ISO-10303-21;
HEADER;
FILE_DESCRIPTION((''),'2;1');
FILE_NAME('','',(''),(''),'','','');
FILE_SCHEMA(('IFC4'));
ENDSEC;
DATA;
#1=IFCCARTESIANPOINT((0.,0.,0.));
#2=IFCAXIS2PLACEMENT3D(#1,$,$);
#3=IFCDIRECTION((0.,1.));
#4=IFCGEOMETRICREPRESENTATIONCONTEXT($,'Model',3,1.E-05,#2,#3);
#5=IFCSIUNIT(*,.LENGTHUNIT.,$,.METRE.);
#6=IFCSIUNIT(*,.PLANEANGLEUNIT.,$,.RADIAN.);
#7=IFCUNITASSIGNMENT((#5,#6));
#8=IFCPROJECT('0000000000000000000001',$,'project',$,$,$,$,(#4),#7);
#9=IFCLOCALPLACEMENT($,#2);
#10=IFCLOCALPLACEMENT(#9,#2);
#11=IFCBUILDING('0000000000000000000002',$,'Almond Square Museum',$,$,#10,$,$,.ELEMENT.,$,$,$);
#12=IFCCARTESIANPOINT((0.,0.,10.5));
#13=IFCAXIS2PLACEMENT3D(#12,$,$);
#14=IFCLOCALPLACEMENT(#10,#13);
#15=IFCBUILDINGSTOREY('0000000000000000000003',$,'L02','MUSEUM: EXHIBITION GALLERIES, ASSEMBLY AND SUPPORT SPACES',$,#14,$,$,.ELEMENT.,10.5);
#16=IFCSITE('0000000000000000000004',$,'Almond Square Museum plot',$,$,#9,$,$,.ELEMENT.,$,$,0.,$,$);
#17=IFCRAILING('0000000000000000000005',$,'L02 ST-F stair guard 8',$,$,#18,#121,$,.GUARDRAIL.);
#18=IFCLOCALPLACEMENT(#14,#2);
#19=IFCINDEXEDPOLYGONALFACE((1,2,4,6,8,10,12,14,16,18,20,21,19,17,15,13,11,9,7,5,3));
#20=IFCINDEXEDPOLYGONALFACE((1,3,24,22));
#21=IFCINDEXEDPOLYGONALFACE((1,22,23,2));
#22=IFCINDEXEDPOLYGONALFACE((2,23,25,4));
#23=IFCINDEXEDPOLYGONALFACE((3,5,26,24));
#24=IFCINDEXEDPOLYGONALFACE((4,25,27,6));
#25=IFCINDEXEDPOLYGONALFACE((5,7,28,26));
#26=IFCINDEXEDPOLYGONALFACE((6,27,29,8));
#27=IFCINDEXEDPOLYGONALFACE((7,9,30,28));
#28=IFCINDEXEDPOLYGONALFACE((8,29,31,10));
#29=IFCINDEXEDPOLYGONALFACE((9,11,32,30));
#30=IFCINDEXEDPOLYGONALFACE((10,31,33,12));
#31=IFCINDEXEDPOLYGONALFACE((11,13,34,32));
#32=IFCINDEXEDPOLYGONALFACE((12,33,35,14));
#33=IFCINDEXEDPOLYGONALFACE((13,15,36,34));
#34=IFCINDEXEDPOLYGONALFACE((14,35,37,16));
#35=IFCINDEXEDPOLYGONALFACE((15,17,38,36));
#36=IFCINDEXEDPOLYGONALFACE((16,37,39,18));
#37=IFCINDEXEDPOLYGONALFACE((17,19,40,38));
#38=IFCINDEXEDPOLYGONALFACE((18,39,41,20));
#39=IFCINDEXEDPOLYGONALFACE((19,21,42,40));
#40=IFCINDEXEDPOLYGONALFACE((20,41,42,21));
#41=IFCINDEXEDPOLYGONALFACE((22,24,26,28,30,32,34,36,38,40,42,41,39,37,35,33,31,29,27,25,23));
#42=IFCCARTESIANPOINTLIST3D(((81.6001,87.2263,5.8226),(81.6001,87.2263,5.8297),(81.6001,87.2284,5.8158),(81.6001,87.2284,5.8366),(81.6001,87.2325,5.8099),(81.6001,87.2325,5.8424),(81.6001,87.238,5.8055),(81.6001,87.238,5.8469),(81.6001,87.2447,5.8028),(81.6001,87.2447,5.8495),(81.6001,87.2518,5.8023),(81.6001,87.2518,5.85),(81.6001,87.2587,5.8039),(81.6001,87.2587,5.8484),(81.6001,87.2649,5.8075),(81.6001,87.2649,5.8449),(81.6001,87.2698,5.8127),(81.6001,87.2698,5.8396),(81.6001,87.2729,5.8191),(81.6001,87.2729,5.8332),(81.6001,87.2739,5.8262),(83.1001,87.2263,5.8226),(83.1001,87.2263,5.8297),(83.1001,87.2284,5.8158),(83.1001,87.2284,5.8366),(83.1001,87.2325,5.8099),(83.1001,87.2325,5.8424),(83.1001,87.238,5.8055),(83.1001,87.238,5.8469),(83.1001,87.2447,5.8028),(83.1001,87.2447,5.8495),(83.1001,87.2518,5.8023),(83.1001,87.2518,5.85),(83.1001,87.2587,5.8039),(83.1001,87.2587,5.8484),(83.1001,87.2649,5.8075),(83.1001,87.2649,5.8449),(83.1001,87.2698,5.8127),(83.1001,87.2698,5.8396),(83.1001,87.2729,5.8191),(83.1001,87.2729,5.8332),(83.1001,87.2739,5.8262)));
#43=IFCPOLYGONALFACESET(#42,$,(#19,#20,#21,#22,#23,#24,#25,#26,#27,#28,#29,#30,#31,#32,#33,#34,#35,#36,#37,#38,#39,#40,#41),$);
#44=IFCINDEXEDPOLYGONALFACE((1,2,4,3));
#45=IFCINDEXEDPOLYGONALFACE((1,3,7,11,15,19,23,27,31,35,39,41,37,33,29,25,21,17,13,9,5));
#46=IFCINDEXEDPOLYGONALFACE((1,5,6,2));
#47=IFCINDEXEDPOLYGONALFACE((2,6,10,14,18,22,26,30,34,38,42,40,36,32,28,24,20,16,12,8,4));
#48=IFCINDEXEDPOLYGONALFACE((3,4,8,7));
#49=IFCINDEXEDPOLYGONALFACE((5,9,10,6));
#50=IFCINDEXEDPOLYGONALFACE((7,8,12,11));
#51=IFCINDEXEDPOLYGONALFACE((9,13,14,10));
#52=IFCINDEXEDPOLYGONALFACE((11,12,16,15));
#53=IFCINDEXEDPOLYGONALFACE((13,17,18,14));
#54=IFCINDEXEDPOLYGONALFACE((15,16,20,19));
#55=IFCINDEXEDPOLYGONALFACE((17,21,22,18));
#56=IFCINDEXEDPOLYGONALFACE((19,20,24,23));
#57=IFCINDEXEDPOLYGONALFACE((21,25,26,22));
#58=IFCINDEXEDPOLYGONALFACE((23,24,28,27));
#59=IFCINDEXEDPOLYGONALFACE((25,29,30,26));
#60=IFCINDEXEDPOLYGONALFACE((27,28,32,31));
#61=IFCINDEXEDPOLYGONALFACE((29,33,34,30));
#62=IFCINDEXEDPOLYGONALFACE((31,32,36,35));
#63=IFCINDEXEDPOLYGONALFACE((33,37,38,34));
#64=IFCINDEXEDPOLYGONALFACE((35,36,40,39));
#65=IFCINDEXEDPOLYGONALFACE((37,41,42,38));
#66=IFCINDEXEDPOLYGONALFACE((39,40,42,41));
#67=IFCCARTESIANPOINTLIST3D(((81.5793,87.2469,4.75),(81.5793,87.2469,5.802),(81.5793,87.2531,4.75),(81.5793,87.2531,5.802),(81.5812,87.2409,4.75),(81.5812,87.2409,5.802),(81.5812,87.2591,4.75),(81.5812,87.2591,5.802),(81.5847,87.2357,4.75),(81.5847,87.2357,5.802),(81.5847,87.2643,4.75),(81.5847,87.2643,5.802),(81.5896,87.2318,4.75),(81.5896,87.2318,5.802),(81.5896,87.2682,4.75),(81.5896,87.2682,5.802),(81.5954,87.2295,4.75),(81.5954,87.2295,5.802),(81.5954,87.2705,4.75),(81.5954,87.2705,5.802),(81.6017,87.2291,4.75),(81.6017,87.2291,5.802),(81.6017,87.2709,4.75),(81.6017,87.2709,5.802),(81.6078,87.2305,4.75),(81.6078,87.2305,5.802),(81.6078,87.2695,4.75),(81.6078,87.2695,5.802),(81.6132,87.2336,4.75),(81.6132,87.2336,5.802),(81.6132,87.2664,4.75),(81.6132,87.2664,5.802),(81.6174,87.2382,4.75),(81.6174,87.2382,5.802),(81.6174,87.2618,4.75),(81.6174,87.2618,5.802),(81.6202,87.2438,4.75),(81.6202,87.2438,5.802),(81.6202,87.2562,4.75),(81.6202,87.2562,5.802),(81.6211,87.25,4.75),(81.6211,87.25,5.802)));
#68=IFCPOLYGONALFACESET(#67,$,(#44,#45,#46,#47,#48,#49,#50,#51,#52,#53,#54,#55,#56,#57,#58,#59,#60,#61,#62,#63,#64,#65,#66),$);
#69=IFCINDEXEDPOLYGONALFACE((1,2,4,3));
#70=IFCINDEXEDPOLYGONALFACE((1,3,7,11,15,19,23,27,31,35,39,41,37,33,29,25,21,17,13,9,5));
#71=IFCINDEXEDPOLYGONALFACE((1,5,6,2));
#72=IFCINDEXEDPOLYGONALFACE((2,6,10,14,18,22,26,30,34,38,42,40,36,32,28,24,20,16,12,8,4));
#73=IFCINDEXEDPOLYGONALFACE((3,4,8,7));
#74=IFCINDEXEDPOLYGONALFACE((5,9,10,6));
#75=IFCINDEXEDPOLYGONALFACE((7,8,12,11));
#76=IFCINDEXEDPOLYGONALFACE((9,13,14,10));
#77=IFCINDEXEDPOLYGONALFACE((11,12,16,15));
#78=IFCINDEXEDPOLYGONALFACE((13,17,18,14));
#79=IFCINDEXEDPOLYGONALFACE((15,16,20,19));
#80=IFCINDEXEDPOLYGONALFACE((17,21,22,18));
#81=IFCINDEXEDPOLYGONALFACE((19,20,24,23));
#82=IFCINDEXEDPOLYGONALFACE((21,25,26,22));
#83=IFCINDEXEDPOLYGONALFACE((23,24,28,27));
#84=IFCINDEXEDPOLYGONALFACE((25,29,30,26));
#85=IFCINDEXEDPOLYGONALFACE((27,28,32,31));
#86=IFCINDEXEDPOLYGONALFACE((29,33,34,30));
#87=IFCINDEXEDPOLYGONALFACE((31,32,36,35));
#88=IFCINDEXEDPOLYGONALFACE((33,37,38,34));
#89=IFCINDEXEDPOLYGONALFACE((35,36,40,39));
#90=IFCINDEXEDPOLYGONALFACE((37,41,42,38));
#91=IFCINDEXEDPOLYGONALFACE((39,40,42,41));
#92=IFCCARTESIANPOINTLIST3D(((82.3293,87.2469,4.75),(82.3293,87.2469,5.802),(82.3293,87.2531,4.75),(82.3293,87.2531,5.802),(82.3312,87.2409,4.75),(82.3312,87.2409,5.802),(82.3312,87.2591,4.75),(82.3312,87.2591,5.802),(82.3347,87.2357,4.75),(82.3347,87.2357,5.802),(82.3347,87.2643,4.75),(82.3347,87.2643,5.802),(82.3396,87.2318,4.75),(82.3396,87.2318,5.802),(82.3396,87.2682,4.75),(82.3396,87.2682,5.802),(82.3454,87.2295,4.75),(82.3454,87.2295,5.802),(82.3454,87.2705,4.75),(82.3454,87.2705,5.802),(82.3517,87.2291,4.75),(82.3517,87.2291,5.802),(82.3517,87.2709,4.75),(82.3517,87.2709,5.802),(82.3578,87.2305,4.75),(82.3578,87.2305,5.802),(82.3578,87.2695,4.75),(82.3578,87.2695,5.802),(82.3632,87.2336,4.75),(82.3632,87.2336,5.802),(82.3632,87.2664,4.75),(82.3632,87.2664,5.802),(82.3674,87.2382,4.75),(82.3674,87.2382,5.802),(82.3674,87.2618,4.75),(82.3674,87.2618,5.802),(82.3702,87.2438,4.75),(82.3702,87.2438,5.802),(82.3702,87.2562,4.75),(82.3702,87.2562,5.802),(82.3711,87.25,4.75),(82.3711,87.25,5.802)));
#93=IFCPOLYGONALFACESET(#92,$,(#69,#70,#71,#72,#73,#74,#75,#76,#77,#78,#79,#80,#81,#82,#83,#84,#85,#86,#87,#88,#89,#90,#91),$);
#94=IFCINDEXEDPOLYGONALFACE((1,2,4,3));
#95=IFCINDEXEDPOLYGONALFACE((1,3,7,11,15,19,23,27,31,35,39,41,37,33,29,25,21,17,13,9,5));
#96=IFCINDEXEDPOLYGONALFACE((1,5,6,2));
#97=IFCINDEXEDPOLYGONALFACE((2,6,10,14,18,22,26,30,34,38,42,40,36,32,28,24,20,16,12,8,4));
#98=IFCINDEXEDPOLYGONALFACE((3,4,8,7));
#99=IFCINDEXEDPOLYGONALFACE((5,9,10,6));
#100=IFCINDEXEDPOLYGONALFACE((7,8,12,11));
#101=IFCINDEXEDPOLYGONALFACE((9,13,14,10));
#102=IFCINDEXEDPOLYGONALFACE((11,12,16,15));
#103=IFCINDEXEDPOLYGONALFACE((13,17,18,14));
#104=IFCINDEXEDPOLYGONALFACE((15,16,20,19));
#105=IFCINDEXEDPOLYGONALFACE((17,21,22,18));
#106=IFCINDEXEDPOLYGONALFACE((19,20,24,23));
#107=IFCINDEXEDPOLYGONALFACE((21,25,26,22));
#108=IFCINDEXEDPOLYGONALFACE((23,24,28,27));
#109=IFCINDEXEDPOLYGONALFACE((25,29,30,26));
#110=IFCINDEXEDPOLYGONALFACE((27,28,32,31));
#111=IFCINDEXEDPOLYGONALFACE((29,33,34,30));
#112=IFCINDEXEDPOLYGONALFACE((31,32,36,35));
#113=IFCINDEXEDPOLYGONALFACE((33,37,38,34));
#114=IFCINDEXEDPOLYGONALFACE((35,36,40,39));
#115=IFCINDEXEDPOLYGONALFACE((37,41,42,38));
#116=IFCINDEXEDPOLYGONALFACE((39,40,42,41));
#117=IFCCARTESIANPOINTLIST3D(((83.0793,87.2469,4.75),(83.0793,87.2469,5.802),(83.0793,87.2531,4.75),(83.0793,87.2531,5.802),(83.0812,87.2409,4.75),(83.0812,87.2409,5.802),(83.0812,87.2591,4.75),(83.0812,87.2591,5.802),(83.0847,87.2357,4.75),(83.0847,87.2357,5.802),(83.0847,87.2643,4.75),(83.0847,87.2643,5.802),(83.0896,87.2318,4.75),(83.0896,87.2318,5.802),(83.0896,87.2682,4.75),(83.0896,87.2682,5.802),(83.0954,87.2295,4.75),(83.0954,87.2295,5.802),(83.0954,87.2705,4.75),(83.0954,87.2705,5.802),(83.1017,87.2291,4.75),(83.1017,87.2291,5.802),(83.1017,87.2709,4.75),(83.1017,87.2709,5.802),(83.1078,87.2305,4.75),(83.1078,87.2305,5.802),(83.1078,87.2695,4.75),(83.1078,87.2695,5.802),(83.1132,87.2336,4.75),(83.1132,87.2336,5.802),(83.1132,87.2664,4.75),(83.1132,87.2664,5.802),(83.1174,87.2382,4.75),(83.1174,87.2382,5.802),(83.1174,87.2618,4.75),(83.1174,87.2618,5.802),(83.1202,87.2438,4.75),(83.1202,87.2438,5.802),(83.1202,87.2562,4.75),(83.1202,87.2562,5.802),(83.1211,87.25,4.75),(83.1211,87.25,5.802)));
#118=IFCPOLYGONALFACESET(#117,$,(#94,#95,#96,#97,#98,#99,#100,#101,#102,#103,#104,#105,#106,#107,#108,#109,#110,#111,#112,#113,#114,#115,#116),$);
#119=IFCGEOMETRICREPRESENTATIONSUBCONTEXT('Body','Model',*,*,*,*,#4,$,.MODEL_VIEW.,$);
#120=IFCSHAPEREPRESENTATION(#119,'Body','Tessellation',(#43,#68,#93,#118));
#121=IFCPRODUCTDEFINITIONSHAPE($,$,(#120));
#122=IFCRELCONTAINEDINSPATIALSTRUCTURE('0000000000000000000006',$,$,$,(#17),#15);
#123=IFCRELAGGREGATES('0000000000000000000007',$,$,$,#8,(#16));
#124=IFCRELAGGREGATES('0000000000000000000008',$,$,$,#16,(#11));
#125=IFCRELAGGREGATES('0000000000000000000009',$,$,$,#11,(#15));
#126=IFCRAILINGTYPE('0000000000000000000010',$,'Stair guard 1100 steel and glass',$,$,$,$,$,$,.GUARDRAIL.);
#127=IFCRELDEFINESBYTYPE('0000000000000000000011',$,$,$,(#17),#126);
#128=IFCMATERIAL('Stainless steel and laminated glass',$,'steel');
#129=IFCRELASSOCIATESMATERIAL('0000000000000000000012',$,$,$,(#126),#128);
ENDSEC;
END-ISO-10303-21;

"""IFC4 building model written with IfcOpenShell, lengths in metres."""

from ifc_helpers import new_model, si_unit, direction, frame, origin, origin_2d, place, context, subcontext, project, spatial, circle, extrude, material, type_object, element, save


model = new_model("IFC4")

# Units and contexts
model_context = context("Model", 3, precision=1e-05, world=origin(), true_north=direction((0.0, 1.0)))
body_context = subcontext(model_context, "Body", "Model", "MODEL_VIEW")
ifc_project = project(units=[si_unit("LENGTHUNIT", "METRE"), si_unit("PLANEANGLEUNIT", "RADIAN")], contexts=[model_context])

# Site, building, storey
site_placement = place(None, origin())
site = spatial("IfcSite", under=ifc_project, at=site_placement, Name="Almond Square Museum plot", CompositionType="ELEMENT", RefElevation=0.0)
building_placement = place(site_placement, origin())
building = spatial("IfcBuilding", under=site, at=building_placement, Name="Almond Square Museum", CompositionType="ELEMENT")
storey_placement = place(building_placement, frame((0.0, 0.0, 10.5)))
storey = spatial("IfcBuildingStorey", under=building, at=storey_placement, Name="L02", Description="MUSEUM: EXHIBITION GALLERIES, ASSEMBLY AND SUPPORT SPACES", CompositionType="ELEMENT", Elevation=10.5)

# Railing
ifc_material_1 = material(Name="Stainless steel and laminated glass", Category="steel")
railing_type_1 = type_object("IfcRailingType", Name="Stair guard 1100 steel and glass", PredefinedType="GUARDRAIL", material=ifc_material_1)
railing_1_placement = place(storey_placement, frame((81.6001, 87.25, 4.75)))
element("IfcRailing", 1, at=railing_1_placement, inside=storey, type_object=railing_type_1, Name="L02 ST-F stair guard 8", PredefinedType="GUARDRAIL", context=body_context, shape_type="SweptSolid", body=[
    extrude(circle(Radius=0.0239, at=origin_2d()), frame((0.0, 0.0, 1.0762), z_axis=(1.0, 0.0, 0.0), x_axis=(0.0, 1.0, 0.0)), (0.0, 0.0, 1.0), 1.5),
    extrude(circle(Radius=0.021, at=origin_2d()), origin(), (0.0, 0.0, 1.0), 1.052),
    extrude(circle(Radius=0.021, at=origin_2d()), frame((0.75, 0.0, 0.0)), (0.0, 0.0, 1.0), 1.052),
    extrude(circle(Radius=0.021, at=origin_2d()), frame((1.5, 0.0, 0.0)), (0.0, 0.0, 1.0), 1.052),
])

save(model, "model.ifc")
